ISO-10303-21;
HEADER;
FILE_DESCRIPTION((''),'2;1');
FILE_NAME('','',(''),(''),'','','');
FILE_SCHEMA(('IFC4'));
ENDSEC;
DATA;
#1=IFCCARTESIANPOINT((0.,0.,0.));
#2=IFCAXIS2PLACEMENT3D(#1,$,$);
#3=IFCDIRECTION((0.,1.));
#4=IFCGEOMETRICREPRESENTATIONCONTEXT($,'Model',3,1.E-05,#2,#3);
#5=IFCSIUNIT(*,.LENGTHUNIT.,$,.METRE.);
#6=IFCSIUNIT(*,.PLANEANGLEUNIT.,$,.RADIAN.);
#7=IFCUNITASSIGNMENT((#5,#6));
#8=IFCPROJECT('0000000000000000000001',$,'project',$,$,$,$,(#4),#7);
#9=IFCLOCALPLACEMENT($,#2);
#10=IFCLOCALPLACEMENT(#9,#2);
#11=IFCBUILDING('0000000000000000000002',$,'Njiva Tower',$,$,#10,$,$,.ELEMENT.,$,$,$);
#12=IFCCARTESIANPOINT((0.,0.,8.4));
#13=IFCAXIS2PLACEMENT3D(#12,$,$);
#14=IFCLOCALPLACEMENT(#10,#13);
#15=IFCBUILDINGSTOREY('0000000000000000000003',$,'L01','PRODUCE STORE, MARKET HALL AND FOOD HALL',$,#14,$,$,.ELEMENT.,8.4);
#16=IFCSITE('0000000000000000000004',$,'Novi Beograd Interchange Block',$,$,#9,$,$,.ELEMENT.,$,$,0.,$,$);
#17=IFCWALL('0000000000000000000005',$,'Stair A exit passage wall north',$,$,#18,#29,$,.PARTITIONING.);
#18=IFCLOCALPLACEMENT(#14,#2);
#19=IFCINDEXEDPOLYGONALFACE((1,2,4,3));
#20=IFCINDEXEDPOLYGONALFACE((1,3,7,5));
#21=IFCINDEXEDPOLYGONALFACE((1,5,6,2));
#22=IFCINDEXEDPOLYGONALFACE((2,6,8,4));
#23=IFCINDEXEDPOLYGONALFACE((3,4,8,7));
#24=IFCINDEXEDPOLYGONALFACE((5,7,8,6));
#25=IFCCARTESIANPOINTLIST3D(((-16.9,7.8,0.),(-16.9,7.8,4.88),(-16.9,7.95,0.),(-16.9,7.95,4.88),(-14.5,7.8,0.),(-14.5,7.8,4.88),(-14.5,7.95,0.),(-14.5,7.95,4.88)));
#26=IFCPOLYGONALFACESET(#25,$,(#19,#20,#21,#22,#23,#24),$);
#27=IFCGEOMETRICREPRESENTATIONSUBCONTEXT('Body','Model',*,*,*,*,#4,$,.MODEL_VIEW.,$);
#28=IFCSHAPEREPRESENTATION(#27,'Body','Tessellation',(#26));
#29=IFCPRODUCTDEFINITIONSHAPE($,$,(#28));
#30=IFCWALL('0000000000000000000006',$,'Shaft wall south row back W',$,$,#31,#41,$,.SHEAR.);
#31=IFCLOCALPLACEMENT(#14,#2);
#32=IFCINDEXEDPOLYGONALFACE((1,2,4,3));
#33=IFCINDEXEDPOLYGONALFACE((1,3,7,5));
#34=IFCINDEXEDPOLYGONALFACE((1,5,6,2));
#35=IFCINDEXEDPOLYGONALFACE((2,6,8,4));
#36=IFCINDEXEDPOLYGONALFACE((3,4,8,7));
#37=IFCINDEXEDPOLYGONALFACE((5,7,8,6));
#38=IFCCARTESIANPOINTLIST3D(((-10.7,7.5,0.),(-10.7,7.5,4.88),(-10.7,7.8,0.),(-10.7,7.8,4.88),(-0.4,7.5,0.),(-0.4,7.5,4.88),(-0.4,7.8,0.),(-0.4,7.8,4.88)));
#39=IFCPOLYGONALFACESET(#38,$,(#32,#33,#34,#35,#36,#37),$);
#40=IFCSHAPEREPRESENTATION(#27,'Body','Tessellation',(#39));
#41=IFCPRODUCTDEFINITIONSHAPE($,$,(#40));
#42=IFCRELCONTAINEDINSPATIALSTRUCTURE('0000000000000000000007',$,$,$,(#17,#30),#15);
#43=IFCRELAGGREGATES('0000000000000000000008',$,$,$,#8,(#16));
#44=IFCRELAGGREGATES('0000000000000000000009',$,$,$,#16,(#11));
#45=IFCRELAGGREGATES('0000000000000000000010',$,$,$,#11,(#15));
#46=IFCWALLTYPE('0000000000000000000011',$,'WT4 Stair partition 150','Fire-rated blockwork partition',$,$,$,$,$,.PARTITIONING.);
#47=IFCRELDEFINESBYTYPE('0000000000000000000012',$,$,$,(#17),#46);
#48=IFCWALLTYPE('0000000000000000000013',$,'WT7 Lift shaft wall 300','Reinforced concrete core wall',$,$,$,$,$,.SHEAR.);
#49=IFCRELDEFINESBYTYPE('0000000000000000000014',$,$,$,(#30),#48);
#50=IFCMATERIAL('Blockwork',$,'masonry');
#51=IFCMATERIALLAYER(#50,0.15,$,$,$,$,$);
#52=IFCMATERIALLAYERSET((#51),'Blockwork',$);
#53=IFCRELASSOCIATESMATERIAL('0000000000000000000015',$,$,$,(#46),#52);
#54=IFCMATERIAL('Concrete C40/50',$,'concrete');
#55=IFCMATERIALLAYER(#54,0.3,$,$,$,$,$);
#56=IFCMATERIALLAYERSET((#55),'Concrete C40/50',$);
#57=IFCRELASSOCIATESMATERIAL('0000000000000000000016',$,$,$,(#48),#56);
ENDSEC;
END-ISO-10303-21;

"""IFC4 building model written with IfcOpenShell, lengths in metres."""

from ifc_helpers import new_model, si_unit, direction, frame, frame_2d, origin, place, context, subcontext, project, spatial, rectangle, extrude, material, layer, layer_set, type_object, element, save


model = new_model("IFC4")

# Units and contexts
model_context = context("Model", 3, precision=1e-05, world=origin(), true_north=direction((0.0, 1.0)))
body_context = subcontext(model_context, "Body", "Model", "MODEL_VIEW")
ifc_project = project(units=[si_unit("LENGTHUNIT", "METRE"), si_unit("PLANEANGLEUNIT", "RADIAN")], contexts=[model_context])

# Site, building, storey
site_placement = place(None, origin())
site = spatial("IfcSite", under=ifc_project, at=site_placement, Name="Novi Beograd Interchange Block", CompositionType="ELEMENT", RefElevation=0.0)
building_placement = place(site_placement, origin())
building = spatial("IfcBuilding", under=site, at=building_placement, Name="Njiva Tower", CompositionType="ELEMENT")
storey_placement = place(building_placement, frame((0.0, 0.0, 8.4)))
storey = spatial("IfcBuildingStorey", under=building, at=storey_placement, Name="L01", Description="PRODUCE STORE, MARKET HALL AND FOOD HALL", CompositionType="ELEMENT", Elevation=8.4)

# Shared definitions
ifc_material_1 = material(Name="Blockwork", Category="masonry")

# Shared definitions
ifc_material_2 = material(Name="Concrete C40/50", Category="concrete")

# Walls
ifc_layer_1 = layer(ifc_material_1, 0.15)
ifc_layer_set_1 = layer_set([ifc_layer_1], Name="Blockwork")
wall_type_1 = type_object("IfcWallType", Name="WT4 Stair partition 150", Description="Fire-rated blockwork partition", PredefinedType="PARTITIONING", material=ifc_layer_set_1)
for number, where, z_axis, x_axis, name in (
    (1, (-16.9, 7.875, 0.0), (0.0, 0.0, 1.0), (1.0, 0.0, 0.0), "Stair A exit passage wall north"),
):
    element("IfcWall", number, at=place(storey_placement, frame(where, z_axis=z_axis, x_axis=x_axis)), inside=storey, type_object=wall_type_1, Name=name, PredefinedType="PARTITIONING", context=body_context, shape_type="SweptSolid", body=[
        extrude(rectangle(XDim=2.4, YDim=0.15, at=frame_2d((1.2, 0.0))), origin(), (0.0, 0.0, 1.0), 4.88),
    ])
ifc_layer_2 = layer(ifc_material_2, 0.3)
ifc_layer_set_2 = layer_set([ifc_layer_2], Name="Concrete C40/50")
wall_type_2 = type_object("IfcWallType", Name="WT7 Lift shaft wall 300", Description="Reinforced concrete core wall", PredefinedType="SHEAR", material=ifc_layer_set_2)
wall_1_placement = place(storey_placement, frame((-10.7, 7.65, 0.0), z_axis=(0.0, 0.0, 1.0), x_axis=(1.0, 0.0, 0.0)))
element("IfcWall", 2, at=wall_1_placement, inside=storey, type_object=wall_type_2, Name="Shaft wall south row back W", PredefinedType="SHEAR", context=body_context, shape_type="SweptSolid", body=[
    extrude(rectangle(XDim=10.3, YDim=0.3, at=frame_2d((5.15, 0.0))), origin(), (0.0, 0.0, 1.0), 4.88),
])

save(model, "model.ifc")
